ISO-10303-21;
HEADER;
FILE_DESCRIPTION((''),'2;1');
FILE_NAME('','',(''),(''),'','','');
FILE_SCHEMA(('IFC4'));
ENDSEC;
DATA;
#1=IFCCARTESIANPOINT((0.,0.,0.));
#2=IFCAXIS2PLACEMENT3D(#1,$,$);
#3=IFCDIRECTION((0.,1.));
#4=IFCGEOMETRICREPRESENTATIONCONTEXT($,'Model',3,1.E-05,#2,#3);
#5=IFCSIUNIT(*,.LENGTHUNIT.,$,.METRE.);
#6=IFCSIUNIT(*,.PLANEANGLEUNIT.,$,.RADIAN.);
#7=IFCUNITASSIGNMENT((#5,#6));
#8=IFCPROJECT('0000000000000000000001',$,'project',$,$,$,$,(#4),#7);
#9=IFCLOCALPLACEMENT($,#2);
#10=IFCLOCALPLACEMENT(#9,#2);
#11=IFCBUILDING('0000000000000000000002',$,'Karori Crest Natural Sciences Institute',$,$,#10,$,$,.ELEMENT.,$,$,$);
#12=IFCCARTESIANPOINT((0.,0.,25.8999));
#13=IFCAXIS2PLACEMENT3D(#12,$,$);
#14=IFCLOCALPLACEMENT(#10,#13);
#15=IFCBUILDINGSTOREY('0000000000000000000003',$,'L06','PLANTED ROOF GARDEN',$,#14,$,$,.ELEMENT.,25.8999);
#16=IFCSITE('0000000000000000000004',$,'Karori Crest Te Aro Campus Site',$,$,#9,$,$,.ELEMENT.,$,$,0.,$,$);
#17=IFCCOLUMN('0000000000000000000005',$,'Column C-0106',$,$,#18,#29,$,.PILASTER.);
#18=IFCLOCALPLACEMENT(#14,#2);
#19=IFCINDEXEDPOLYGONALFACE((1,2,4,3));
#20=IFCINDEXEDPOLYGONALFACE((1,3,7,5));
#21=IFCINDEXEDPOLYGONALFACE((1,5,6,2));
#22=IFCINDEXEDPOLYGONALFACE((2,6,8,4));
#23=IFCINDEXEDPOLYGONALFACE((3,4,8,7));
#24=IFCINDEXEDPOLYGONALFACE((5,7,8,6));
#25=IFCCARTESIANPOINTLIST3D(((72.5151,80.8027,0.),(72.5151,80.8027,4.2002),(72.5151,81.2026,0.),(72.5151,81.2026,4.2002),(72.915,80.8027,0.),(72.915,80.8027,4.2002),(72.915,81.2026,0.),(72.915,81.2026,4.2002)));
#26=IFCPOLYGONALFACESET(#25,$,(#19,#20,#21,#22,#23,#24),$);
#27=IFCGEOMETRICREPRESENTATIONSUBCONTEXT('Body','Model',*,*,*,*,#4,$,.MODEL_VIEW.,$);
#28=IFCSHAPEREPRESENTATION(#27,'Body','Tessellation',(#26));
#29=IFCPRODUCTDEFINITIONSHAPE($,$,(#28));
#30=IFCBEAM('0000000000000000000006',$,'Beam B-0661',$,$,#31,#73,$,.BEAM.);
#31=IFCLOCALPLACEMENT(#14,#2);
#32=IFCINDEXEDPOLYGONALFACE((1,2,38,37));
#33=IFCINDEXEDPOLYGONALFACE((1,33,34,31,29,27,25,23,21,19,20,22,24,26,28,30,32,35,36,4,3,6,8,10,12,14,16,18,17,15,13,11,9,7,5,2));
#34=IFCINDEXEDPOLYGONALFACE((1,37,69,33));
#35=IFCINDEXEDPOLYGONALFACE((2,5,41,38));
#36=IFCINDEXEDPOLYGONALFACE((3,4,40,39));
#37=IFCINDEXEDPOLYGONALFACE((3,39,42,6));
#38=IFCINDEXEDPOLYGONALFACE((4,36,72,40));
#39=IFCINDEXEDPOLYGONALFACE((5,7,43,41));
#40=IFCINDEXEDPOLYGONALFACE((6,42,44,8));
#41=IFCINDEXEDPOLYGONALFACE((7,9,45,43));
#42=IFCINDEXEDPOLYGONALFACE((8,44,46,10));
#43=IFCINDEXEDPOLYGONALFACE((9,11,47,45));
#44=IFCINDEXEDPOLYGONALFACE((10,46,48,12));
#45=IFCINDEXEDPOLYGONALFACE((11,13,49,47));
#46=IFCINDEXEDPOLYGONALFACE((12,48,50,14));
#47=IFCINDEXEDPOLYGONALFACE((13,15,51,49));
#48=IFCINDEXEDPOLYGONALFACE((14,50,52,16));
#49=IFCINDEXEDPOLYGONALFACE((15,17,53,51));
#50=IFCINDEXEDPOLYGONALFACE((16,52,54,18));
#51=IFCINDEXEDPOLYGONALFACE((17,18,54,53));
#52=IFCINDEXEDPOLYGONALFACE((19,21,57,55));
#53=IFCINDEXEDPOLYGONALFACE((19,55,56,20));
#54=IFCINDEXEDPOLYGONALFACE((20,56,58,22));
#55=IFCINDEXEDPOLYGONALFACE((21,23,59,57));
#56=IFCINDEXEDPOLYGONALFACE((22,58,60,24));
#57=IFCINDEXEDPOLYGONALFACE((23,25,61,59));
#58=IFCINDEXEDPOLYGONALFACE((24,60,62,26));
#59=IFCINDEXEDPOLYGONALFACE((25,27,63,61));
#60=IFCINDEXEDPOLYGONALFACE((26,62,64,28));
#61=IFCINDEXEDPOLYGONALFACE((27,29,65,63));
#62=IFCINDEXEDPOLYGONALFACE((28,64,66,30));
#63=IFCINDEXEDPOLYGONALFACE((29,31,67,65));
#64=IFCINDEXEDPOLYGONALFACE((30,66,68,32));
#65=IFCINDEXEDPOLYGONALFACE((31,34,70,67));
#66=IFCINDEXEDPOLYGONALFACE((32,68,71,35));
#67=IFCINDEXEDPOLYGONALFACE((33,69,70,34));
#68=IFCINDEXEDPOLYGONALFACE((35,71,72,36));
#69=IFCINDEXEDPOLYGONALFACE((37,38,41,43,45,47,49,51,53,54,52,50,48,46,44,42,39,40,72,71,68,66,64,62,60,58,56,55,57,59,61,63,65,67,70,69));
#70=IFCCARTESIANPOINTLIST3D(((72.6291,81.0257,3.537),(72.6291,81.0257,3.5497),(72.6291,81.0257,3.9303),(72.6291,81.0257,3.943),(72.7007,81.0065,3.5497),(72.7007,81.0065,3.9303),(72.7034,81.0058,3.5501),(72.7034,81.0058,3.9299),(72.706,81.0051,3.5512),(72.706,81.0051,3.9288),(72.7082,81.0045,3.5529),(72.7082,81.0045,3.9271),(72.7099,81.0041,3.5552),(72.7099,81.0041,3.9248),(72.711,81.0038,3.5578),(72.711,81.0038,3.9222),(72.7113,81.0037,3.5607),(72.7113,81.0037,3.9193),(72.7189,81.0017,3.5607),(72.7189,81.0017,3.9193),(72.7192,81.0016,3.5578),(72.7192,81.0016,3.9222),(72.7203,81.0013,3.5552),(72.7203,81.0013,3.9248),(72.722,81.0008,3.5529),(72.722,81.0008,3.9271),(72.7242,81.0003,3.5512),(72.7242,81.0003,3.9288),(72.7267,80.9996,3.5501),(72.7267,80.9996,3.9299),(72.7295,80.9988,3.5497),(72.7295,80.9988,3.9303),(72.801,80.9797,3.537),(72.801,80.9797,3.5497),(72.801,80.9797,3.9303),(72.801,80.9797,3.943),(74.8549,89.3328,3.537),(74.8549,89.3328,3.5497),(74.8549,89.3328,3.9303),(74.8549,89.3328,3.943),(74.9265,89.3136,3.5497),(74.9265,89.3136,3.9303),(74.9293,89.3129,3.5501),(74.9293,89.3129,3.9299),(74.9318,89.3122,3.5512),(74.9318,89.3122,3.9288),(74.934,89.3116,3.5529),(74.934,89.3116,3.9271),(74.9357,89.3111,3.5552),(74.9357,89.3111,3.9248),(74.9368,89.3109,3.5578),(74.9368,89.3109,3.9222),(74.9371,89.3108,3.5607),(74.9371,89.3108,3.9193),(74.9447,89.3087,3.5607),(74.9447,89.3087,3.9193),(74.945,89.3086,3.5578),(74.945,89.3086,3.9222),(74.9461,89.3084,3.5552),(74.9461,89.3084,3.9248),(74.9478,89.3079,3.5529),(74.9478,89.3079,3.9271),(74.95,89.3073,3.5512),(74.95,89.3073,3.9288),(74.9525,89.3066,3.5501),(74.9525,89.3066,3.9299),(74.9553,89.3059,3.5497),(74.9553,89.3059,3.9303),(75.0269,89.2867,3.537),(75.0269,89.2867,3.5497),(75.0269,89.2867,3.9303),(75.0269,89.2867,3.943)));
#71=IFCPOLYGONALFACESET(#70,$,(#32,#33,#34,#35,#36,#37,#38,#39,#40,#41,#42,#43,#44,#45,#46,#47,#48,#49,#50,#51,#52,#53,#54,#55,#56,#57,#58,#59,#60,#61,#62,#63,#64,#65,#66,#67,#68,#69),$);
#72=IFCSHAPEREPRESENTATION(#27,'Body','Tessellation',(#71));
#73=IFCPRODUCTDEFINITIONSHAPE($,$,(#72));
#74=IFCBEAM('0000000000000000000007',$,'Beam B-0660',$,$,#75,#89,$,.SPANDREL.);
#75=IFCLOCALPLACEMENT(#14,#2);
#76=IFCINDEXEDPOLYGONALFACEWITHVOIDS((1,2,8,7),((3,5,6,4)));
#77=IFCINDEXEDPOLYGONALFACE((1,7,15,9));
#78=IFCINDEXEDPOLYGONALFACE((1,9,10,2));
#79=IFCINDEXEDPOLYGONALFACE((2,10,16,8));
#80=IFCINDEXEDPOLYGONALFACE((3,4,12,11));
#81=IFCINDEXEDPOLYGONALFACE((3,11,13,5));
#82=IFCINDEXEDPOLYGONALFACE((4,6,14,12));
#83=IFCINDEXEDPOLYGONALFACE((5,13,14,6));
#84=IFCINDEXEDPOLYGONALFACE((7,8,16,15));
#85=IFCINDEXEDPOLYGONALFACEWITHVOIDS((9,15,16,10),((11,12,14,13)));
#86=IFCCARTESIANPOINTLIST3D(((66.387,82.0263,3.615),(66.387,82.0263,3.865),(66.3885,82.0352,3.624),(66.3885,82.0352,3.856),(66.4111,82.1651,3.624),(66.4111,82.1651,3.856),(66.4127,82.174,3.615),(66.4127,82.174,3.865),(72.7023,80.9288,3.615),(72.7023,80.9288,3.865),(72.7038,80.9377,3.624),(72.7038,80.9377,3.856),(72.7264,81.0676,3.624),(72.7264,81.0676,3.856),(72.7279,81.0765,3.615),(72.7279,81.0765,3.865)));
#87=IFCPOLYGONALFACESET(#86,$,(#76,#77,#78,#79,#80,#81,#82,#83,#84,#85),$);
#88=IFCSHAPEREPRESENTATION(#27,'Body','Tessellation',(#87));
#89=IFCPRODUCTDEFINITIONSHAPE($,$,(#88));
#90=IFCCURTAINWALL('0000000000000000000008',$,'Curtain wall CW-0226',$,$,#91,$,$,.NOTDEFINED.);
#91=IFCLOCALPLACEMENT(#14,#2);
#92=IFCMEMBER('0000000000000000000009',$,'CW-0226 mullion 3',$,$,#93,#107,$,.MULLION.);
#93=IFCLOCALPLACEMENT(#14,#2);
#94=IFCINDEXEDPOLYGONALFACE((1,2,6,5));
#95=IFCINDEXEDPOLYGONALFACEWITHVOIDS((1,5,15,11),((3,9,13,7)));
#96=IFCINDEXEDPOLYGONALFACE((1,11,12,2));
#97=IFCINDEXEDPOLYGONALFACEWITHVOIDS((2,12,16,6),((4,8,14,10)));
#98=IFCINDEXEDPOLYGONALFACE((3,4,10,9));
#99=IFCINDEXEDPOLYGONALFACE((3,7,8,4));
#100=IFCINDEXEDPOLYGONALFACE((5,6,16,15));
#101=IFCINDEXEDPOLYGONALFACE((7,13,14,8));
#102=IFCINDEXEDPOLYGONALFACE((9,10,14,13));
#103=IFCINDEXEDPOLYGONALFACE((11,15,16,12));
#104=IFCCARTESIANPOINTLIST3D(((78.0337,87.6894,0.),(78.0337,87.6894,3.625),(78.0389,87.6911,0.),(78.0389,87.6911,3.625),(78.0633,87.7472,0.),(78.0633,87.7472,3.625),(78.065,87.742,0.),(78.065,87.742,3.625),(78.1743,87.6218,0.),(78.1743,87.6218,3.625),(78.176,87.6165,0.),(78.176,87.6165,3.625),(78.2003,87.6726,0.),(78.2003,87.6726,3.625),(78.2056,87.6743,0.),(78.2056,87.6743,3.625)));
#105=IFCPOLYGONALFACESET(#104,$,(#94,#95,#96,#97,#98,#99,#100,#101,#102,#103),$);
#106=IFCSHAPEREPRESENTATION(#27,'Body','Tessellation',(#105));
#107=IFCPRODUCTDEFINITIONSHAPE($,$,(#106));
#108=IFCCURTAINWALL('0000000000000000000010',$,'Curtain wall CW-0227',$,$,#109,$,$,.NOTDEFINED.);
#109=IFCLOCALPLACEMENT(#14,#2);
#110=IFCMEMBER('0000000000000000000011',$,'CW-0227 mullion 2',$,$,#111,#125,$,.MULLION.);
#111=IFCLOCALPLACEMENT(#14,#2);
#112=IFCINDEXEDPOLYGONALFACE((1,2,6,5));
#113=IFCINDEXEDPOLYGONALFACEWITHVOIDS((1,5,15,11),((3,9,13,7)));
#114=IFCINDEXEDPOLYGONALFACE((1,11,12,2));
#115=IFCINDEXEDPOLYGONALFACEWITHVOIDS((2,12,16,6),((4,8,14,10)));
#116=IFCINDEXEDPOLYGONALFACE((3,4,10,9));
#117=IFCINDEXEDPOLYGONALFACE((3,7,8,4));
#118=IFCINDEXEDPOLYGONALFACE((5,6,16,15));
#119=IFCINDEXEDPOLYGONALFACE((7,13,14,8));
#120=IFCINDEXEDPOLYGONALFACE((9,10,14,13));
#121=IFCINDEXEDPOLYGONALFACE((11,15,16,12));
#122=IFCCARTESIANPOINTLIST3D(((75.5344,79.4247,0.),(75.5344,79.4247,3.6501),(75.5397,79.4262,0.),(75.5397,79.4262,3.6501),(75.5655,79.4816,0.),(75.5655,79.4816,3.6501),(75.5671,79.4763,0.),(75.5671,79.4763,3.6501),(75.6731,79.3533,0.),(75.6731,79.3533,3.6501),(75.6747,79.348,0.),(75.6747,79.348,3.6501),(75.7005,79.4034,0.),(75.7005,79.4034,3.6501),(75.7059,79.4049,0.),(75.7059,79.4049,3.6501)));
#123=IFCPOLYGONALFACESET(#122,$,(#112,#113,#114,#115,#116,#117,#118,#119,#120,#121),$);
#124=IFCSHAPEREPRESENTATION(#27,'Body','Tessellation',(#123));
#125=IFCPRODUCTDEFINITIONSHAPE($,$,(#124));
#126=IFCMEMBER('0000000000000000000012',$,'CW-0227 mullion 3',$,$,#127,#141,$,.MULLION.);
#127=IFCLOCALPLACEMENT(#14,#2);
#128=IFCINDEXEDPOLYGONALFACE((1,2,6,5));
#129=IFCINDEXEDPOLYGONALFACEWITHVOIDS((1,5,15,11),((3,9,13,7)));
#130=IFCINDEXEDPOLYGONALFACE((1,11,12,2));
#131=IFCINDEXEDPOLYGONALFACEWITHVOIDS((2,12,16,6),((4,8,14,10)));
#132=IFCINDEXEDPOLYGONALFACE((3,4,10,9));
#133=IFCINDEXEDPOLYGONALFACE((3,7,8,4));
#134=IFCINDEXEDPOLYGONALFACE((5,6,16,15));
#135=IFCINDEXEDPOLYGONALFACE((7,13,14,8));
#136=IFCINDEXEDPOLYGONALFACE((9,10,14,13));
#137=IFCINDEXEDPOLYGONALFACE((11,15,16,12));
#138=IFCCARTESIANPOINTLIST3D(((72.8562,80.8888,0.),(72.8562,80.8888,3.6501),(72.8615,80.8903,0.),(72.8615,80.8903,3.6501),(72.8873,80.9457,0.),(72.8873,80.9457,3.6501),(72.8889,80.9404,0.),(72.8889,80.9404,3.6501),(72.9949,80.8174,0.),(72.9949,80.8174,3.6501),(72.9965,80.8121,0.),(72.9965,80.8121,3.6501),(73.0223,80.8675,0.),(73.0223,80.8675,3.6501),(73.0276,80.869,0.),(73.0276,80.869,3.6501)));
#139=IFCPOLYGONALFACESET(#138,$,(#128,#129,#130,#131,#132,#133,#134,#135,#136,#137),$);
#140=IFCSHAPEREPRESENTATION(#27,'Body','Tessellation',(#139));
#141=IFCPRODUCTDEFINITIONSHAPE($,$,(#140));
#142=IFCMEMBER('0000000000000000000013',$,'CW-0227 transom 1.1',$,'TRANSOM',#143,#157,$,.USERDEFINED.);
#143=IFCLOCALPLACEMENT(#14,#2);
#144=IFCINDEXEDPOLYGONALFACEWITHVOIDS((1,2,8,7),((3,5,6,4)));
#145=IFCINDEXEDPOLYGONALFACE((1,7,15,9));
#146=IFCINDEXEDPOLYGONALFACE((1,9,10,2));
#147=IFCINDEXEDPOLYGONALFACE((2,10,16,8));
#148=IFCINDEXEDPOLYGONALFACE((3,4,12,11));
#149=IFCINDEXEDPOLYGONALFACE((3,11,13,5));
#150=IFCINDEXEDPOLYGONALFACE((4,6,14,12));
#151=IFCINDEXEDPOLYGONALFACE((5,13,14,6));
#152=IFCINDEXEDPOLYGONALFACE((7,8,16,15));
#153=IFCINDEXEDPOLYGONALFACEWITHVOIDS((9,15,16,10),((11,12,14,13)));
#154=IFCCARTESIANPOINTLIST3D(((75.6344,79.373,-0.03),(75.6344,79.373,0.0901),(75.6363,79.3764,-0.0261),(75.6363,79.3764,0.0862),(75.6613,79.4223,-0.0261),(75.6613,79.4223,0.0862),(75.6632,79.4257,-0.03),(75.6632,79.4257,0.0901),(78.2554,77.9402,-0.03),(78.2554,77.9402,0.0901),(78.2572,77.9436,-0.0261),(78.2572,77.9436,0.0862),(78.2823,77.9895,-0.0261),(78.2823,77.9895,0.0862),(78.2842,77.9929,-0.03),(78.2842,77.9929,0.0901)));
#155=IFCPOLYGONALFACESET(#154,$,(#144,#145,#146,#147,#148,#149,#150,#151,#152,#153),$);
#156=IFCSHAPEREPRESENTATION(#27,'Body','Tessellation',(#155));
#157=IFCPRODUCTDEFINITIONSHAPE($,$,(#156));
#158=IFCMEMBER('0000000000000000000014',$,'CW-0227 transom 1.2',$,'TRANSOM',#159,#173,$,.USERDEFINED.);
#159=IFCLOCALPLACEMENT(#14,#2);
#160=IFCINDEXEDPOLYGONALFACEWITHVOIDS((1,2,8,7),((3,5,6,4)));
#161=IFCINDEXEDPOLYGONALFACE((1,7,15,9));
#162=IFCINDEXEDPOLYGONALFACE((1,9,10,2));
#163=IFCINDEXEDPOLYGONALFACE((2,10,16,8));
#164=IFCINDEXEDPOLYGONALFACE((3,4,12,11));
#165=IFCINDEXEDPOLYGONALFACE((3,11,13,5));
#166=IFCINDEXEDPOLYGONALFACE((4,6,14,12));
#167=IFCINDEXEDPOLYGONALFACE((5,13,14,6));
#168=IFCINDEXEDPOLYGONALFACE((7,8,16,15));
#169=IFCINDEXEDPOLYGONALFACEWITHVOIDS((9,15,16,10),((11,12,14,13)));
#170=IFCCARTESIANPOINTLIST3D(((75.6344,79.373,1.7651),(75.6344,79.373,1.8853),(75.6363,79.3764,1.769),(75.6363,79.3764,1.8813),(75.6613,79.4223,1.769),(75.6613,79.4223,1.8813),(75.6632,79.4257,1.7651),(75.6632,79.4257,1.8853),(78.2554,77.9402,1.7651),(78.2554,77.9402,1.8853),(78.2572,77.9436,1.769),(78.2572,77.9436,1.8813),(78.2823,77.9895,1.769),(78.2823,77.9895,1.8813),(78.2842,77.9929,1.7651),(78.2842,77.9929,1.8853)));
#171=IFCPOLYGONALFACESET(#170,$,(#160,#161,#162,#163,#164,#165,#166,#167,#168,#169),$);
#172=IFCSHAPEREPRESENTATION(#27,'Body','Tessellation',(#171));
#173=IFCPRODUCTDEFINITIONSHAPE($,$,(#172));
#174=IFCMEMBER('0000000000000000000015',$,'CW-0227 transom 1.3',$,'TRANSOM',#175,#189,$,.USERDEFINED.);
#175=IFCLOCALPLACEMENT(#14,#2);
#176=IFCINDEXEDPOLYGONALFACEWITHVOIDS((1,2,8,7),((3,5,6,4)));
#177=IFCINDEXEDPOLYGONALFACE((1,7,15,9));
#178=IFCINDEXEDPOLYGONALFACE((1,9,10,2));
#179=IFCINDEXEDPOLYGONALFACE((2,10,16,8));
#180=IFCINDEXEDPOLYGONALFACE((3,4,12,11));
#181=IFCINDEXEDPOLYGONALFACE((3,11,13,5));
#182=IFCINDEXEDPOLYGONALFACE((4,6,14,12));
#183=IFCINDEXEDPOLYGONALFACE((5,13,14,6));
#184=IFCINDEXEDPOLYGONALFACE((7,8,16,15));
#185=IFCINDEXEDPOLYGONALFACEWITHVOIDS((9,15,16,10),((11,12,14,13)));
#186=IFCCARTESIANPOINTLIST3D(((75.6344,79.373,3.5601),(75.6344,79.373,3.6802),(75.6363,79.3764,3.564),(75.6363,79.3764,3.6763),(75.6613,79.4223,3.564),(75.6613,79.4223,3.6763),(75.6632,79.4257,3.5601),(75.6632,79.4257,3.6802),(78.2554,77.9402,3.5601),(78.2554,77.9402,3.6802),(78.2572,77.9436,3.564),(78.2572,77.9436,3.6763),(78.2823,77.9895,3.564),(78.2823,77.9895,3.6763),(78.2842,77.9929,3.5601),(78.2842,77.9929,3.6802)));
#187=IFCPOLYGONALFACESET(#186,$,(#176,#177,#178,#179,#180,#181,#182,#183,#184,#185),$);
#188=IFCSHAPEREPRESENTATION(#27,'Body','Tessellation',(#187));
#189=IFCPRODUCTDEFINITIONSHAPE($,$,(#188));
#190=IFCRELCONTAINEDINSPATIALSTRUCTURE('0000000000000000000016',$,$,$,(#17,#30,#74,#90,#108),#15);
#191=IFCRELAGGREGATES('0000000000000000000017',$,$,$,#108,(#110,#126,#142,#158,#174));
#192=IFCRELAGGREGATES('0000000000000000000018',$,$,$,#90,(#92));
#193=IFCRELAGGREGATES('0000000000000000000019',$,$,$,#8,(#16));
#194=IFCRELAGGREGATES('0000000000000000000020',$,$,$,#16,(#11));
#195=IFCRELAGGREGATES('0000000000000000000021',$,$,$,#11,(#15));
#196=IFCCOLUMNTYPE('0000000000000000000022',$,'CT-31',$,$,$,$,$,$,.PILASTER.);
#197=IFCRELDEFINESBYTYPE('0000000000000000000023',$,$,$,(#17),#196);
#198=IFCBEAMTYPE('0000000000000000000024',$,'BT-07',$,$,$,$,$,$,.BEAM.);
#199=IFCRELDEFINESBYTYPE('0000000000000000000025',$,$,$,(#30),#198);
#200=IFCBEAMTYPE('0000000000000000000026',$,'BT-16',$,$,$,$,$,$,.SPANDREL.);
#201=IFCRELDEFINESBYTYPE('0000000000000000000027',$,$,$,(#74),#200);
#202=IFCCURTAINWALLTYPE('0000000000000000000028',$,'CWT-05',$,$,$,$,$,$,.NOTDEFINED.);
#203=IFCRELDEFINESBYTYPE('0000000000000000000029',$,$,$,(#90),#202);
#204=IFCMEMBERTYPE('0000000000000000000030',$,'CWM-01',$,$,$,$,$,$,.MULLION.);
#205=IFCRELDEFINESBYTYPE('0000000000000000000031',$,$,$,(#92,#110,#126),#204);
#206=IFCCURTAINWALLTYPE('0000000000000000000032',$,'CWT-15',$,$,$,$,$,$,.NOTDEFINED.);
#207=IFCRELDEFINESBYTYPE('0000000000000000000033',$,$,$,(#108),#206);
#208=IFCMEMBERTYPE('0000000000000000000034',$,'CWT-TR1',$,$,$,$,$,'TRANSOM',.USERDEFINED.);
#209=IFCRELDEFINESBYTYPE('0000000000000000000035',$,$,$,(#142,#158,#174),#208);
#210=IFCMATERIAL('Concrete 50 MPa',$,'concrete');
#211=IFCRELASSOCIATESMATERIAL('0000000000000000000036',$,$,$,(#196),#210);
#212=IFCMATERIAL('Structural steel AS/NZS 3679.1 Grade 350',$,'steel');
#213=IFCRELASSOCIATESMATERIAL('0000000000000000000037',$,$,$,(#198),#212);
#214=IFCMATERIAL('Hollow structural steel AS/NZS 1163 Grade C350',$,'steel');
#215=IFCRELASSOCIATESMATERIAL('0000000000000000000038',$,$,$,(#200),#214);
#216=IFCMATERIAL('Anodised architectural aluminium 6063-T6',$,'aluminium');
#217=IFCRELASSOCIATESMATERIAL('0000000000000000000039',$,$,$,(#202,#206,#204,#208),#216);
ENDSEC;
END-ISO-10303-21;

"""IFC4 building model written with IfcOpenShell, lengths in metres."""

from ifc_helpers import new_model, si_unit, direction, frame, origin, origin_2d, place, context, subcontext, project, spatial, rectangle, hollow_rectangle, i_section, extrude, material, material_profile, profile_set, type_object, element, aggregate, save


model = new_model("IFC4")

# Units and contexts
model_context = context("Model", 3, precision=1e-05, world=origin(), true_north=direction((0.0, 1.0)))
body_context = subcontext(model_context, "Body", "Model", "MODEL_VIEW")
ifc_project = project(units=[si_unit("LENGTHUNIT", "METRE"), si_unit("PLANEANGLEUNIT", "RADIAN")], contexts=[model_context])

# Site, building, storey
site_placement = place(None, origin())
site = spatial("IfcSite", under=ifc_project, at=site_placement, Name="Karori Crest Te Aro Campus Site", CompositionType="ELEMENT", RefElevation=0.0)
building_placement = place(site_placement, origin())
building = spatial("IfcBuilding", under=site, at=building_placement, Name="Karori Crest Natural Sciences Institute", CompositionType="ELEMENT")
storey_placement = place(building_placement, frame((0.0, 0.0, 25.8999)))
storey = spatial("IfcBuildingStorey", under=building, at=storey_placement, Name="L06", Description="PLANTED ROOF GARDEN", CompositionType="ELEMENT", Elevation=25.8999)

# Column
ifc_material_1 = material(Name="Concrete 50 MPa", Category="concrete")
ifc_material_profile_1 = material_profile(ifc_material_1, rectangle(XDim=0.3999, YDim=0.3999, at=origin_2d()), Name="RC400x400")
ifc_profile_set_1 = profile_set([ifc_material_profile_1], Name="Concrete 50 MPa")
column_type = type_object("IfcColumnType", Name="CT-31", PredefinedType="PILASTER", material=ifc_profile_set_1)
column_placement = place(storey_placement, frame((72.7151, 81.0027, 0.0), z_axis=(0.0, 0.0, 1.0), x_axis=(1.0, 0.0, 0.0)))
element("IfcColumn", 1, at=column_placement, inside=storey, type_object=column_type, Name="Column C-0106", PredefinedType="PILASTER", context=body_context, shape_type="SweptSolid", body=[
    extrude(rectangle(XDim=0.3999, YDim=0.3999, at=origin_2d()), origin(), (0.0, 0.0, 1.0), 4.2002),
])

# Beams
ifc_material_2 = material(Name="Structural steel AS/NZS 3679.1 Grade 350", Category="steel")
ifc_material_profile_2 = material_profile(ifc_material_2, i_section(OverallWidth=0.178, OverallDepth=0.406, WebThickness=0.0078, FlangeThickness=0.0127, FilletRadius=0.011, at=origin_2d()), Name="410UB59.7")
ifc_profile_set_2 = profile_set([ifc_material_profile_2], Name="Structural steel AS/NZS 3679.1 Grade 350")
beam_type_1 = type_object("IfcBeamType", Name="BT-07", PredefinedType="BEAM", material=ifc_profile_set_2)
beam_1_placement = place(storey_placement, frame((72.7151, 81.0027, 3.74), z_axis=(0.258813, 0.965928, 0.0), x_axis=(-0.965928, 0.258813, 0.0)))
element("IfcBeam", 2, at=beam_1_placement, inside=storey, type_object=beam_type_1, Name="Beam B-0661", PredefinedType="BEAM", context=body_context, shape_type="SweptSolid", body=[
    extrude(i_section(OverallWidth=0.178, OverallDepth=0.406, WebThickness=0.0078, FlangeThickness=0.0127, FilletRadius=0.011, at=origin_2d()), origin(), (0.0, 0.0, 1.0), 8.6001),
])
ifc_material_3 = material(Name="Hollow structural steel AS/NZS 1163 Grade C350", Category="steel")
ifc_material_profile_3 = material_profile(ifc_material_3, hollow_rectangle(XDim=0.1499, YDim=0.25, WallThickness=0.009, at=origin_2d()), Name="RHS250x150x9")
ifc_profile_set_3 = profile_set([ifc_material_profile_3], Name="Hollow structural steel AS/NZS 1163 Grade C350")
beam_type_2 = type_object("IfcBeamType", Name="BT-16", PredefinedType="SPANDREL", material=ifc_profile_set_3)
beam_2_placement = place(storey_placement, frame((72.7151, 81.0027, 3.74), z_axis=(-0.985235, 0.171208, 0.0), x_axis=(-0.171208, -0.985235, 0.0)))
element("IfcBeam", 3, at=beam_2_placement, inside=storey, type_object=beam_type_2, Name="Beam B-0660", PredefinedType="SPANDREL", context=body_context, shape_type="SweptSolid", body=[
    extrude(hollow_rectangle(XDim=0.1499, YDim=0.25, WallThickness=0.009, at=origin_2d()), origin(), (0.0, 0.0, 1.0), 6.4099),
])

# Curtain wall, member
ifc_material_4 = material(Name="Anodised architectural aluminium 6063-T6", Category="aluminium")
curtain_wall_type_1 = type_object("IfcCurtainWallType", Name="CWT-05", PredefinedType="NOTDEFINED", material=ifc_material_4)
curtain_wall_1_placement = place(storey_placement, origin())
curtain_wall_1 = element("IfcCurtainWall", 4, at=curtain_wall_1_placement, inside=storey, type_object=curtain_wall_type_1, Name="Curtain wall CW-0226", PredefinedType="NOTDEFINED")
ifc_material_profile_4 = material_profile(ifc_material_4, hollow_rectangle(XDim=0.0649, YDim=0.1599, WallThickness=0.0039, at=origin_2d()), Name="CWM160x65x4")
ifc_profile_set_4 = profile_set([ifc_material_profile_4], Name="Anodised architectural aluminium 6063-T6")
member_type_1 = type_object("IfcMemberType", Name="CWM-01", PredefinedType="MULLION", material=ifc_profile_set_4)
member_1_placement = place(storey_placement, frame((78.1196, 87.6819, 0.0), z_axis=(0.0, 0.0, 1.0), x_axis=(0.455829, 0.890067, 0.0)))
member_1 = element("IfcMember", 5, at=member_1_placement, type_object=member_type_1, Name="CW-0226 mullion 3", PredefinedType="MULLION", context=body_context, shape_type="SweptSolid", body=[
    extrude(hollow_rectangle(XDim=0.0649, YDim=0.1599, WallThickness=0.0039, at=origin_2d()), origin(), (0.0, 0.0, 1.0), 3.625),
])

# Curtain wall, members
curtain_wall_type_2 = type_object("IfcCurtainWallType", Name="CWT-15", PredefinedType="NOTDEFINED", material=ifc_material_4)
curtain_wall_2_placement = place(storey_placement, origin())
curtain_wall_2 = element("IfcCurtainWall", 6, at=curtain_wall_2_placement, inside=storey, type_object=curtain_wall_type_2, Name="Curtain wall CW-0227", PredefinedType="NOTDEFINED")
member_2_placement = place(storey_placement, frame((75.6201, 79.4148, 0.0), z_axis=(0.0, 0.0, 1.0), x_axis=(-0.479631, -0.87747, 0.0)))
member_2 = element("IfcMember", 7, at=member_2_placement, type_object=member_type_1, Name="CW-0227 mullion 2", PredefinedType="MULLION", context=body_context, shape_type="SweptSolid", body=[
    extrude(hollow_rectangle(XDim=0.0649, YDim=0.1599, WallThickness=0.0039, at=origin_2d()), origin(), (0.0, 0.0, 1.0), 3.6501),
])
member_3_placement = place(storey_placement, frame((72.9419, 80.8789, 0.0), z_axis=(0.0, 0.0, 1.0), x_axis=(-0.479631, -0.87747, 0.0)))
member_3 = element("IfcMember", 8, at=member_3_placement, type_object=member_type_1, Name="CW-0227 mullion 3", PredefinedType="MULLION", context=body_context, shape_type="SweptSolid", body=[
    extrude(hollow_rectangle(XDim=0.0649, YDim=0.1599, WallThickness=0.0039, at=origin_2d()), origin(), (0.0, 0.0, 1.0), 3.6501),
])
ifc_material_profile_5 = material_profile(ifc_material_4, hollow_rectangle(XDim=0.0601, YDim=0.1201, WallThickness=0.0039, at=origin_2d()), Name="CWT120x60x4")
ifc_profile_set_5 = profile_set([ifc_material_profile_5], Name="Anodised architectural aluminium 6063-T6")
member_type_2 = type_object("IfcMemberType", Name="CWT-TR1", ElementType="TRANSOM", PredefinedType="USERDEFINED", material=ifc_profile_set_5)
member_4_placement = place(storey_placement, frame((78.2698, 77.9666, 0.03), z_axis=(-0.877449, 0.479671, 0.0), x_axis=(-0.479671, -0.877449, 0.0)))
member_4 = element("IfcMember", 9, at=member_4_placement, type_object=member_type_2, Name="CW-0227 transom 1.1", ObjectType="TRANSOM", PredefinedType="USERDEFINED", context=body_context, shape_type="SweptSolid", body=[
    extrude(hollow_rectangle(XDim=0.0601, YDim=0.1201, WallThickness=0.0039, at=origin_2d()), origin(), (0.0, 0.0, 1.0), 2.9871),
])
member_5_placement = place(storey_placement, frame((78.2698, 77.9666, 1.8252), z_axis=(-0.877449, 0.479671, 0.0), x_axis=(-0.479671, -0.877449, 0.0)))
member_5 = element("IfcMember", 10, at=member_5_placement, type_object=member_type_2, Name="CW-0227 transom 1.2", ObjectType="TRANSOM", PredefinedType="USERDEFINED", context=body_context, shape_type="SweptSolid", body=[
    extrude(hollow_rectangle(XDim=0.0601, YDim=0.1201, WallThickness=0.0039, at=origin_2d()), origin(), (0.0, 0.0, 1.0), 2.9871),
])
member_6_placement = place(storey_placement, frame((78.2698, 77.9666, 3.6201), z_axis=(-0.877449, 0.479671, 0.0), x_axis=(-0.479671, -0.877449, 0.0)))
member_6 = element("IfcMember", 11, at=member_6_placement, type_object=member_type_2, Name="CW-0227 transom 1.3", ObjectType="TRANSOM", PredefinedType="USERDEFINED", context=body_context, shape_type="SweptSolid", body=[
    extrude(hollow_rectangle(XDim=0.0601, YDim=0.1201, WallThickness=0.0039, at=origin_2d()), origin(), (0.0, 0.0, 1.0), 2.9871),
])

aggregate(curtain_wall_2, [member_2, member_3, member_4, member_5, member_6])
aggregate(curtain_wall_1, [member_1])

save(model, "model.ifc")
